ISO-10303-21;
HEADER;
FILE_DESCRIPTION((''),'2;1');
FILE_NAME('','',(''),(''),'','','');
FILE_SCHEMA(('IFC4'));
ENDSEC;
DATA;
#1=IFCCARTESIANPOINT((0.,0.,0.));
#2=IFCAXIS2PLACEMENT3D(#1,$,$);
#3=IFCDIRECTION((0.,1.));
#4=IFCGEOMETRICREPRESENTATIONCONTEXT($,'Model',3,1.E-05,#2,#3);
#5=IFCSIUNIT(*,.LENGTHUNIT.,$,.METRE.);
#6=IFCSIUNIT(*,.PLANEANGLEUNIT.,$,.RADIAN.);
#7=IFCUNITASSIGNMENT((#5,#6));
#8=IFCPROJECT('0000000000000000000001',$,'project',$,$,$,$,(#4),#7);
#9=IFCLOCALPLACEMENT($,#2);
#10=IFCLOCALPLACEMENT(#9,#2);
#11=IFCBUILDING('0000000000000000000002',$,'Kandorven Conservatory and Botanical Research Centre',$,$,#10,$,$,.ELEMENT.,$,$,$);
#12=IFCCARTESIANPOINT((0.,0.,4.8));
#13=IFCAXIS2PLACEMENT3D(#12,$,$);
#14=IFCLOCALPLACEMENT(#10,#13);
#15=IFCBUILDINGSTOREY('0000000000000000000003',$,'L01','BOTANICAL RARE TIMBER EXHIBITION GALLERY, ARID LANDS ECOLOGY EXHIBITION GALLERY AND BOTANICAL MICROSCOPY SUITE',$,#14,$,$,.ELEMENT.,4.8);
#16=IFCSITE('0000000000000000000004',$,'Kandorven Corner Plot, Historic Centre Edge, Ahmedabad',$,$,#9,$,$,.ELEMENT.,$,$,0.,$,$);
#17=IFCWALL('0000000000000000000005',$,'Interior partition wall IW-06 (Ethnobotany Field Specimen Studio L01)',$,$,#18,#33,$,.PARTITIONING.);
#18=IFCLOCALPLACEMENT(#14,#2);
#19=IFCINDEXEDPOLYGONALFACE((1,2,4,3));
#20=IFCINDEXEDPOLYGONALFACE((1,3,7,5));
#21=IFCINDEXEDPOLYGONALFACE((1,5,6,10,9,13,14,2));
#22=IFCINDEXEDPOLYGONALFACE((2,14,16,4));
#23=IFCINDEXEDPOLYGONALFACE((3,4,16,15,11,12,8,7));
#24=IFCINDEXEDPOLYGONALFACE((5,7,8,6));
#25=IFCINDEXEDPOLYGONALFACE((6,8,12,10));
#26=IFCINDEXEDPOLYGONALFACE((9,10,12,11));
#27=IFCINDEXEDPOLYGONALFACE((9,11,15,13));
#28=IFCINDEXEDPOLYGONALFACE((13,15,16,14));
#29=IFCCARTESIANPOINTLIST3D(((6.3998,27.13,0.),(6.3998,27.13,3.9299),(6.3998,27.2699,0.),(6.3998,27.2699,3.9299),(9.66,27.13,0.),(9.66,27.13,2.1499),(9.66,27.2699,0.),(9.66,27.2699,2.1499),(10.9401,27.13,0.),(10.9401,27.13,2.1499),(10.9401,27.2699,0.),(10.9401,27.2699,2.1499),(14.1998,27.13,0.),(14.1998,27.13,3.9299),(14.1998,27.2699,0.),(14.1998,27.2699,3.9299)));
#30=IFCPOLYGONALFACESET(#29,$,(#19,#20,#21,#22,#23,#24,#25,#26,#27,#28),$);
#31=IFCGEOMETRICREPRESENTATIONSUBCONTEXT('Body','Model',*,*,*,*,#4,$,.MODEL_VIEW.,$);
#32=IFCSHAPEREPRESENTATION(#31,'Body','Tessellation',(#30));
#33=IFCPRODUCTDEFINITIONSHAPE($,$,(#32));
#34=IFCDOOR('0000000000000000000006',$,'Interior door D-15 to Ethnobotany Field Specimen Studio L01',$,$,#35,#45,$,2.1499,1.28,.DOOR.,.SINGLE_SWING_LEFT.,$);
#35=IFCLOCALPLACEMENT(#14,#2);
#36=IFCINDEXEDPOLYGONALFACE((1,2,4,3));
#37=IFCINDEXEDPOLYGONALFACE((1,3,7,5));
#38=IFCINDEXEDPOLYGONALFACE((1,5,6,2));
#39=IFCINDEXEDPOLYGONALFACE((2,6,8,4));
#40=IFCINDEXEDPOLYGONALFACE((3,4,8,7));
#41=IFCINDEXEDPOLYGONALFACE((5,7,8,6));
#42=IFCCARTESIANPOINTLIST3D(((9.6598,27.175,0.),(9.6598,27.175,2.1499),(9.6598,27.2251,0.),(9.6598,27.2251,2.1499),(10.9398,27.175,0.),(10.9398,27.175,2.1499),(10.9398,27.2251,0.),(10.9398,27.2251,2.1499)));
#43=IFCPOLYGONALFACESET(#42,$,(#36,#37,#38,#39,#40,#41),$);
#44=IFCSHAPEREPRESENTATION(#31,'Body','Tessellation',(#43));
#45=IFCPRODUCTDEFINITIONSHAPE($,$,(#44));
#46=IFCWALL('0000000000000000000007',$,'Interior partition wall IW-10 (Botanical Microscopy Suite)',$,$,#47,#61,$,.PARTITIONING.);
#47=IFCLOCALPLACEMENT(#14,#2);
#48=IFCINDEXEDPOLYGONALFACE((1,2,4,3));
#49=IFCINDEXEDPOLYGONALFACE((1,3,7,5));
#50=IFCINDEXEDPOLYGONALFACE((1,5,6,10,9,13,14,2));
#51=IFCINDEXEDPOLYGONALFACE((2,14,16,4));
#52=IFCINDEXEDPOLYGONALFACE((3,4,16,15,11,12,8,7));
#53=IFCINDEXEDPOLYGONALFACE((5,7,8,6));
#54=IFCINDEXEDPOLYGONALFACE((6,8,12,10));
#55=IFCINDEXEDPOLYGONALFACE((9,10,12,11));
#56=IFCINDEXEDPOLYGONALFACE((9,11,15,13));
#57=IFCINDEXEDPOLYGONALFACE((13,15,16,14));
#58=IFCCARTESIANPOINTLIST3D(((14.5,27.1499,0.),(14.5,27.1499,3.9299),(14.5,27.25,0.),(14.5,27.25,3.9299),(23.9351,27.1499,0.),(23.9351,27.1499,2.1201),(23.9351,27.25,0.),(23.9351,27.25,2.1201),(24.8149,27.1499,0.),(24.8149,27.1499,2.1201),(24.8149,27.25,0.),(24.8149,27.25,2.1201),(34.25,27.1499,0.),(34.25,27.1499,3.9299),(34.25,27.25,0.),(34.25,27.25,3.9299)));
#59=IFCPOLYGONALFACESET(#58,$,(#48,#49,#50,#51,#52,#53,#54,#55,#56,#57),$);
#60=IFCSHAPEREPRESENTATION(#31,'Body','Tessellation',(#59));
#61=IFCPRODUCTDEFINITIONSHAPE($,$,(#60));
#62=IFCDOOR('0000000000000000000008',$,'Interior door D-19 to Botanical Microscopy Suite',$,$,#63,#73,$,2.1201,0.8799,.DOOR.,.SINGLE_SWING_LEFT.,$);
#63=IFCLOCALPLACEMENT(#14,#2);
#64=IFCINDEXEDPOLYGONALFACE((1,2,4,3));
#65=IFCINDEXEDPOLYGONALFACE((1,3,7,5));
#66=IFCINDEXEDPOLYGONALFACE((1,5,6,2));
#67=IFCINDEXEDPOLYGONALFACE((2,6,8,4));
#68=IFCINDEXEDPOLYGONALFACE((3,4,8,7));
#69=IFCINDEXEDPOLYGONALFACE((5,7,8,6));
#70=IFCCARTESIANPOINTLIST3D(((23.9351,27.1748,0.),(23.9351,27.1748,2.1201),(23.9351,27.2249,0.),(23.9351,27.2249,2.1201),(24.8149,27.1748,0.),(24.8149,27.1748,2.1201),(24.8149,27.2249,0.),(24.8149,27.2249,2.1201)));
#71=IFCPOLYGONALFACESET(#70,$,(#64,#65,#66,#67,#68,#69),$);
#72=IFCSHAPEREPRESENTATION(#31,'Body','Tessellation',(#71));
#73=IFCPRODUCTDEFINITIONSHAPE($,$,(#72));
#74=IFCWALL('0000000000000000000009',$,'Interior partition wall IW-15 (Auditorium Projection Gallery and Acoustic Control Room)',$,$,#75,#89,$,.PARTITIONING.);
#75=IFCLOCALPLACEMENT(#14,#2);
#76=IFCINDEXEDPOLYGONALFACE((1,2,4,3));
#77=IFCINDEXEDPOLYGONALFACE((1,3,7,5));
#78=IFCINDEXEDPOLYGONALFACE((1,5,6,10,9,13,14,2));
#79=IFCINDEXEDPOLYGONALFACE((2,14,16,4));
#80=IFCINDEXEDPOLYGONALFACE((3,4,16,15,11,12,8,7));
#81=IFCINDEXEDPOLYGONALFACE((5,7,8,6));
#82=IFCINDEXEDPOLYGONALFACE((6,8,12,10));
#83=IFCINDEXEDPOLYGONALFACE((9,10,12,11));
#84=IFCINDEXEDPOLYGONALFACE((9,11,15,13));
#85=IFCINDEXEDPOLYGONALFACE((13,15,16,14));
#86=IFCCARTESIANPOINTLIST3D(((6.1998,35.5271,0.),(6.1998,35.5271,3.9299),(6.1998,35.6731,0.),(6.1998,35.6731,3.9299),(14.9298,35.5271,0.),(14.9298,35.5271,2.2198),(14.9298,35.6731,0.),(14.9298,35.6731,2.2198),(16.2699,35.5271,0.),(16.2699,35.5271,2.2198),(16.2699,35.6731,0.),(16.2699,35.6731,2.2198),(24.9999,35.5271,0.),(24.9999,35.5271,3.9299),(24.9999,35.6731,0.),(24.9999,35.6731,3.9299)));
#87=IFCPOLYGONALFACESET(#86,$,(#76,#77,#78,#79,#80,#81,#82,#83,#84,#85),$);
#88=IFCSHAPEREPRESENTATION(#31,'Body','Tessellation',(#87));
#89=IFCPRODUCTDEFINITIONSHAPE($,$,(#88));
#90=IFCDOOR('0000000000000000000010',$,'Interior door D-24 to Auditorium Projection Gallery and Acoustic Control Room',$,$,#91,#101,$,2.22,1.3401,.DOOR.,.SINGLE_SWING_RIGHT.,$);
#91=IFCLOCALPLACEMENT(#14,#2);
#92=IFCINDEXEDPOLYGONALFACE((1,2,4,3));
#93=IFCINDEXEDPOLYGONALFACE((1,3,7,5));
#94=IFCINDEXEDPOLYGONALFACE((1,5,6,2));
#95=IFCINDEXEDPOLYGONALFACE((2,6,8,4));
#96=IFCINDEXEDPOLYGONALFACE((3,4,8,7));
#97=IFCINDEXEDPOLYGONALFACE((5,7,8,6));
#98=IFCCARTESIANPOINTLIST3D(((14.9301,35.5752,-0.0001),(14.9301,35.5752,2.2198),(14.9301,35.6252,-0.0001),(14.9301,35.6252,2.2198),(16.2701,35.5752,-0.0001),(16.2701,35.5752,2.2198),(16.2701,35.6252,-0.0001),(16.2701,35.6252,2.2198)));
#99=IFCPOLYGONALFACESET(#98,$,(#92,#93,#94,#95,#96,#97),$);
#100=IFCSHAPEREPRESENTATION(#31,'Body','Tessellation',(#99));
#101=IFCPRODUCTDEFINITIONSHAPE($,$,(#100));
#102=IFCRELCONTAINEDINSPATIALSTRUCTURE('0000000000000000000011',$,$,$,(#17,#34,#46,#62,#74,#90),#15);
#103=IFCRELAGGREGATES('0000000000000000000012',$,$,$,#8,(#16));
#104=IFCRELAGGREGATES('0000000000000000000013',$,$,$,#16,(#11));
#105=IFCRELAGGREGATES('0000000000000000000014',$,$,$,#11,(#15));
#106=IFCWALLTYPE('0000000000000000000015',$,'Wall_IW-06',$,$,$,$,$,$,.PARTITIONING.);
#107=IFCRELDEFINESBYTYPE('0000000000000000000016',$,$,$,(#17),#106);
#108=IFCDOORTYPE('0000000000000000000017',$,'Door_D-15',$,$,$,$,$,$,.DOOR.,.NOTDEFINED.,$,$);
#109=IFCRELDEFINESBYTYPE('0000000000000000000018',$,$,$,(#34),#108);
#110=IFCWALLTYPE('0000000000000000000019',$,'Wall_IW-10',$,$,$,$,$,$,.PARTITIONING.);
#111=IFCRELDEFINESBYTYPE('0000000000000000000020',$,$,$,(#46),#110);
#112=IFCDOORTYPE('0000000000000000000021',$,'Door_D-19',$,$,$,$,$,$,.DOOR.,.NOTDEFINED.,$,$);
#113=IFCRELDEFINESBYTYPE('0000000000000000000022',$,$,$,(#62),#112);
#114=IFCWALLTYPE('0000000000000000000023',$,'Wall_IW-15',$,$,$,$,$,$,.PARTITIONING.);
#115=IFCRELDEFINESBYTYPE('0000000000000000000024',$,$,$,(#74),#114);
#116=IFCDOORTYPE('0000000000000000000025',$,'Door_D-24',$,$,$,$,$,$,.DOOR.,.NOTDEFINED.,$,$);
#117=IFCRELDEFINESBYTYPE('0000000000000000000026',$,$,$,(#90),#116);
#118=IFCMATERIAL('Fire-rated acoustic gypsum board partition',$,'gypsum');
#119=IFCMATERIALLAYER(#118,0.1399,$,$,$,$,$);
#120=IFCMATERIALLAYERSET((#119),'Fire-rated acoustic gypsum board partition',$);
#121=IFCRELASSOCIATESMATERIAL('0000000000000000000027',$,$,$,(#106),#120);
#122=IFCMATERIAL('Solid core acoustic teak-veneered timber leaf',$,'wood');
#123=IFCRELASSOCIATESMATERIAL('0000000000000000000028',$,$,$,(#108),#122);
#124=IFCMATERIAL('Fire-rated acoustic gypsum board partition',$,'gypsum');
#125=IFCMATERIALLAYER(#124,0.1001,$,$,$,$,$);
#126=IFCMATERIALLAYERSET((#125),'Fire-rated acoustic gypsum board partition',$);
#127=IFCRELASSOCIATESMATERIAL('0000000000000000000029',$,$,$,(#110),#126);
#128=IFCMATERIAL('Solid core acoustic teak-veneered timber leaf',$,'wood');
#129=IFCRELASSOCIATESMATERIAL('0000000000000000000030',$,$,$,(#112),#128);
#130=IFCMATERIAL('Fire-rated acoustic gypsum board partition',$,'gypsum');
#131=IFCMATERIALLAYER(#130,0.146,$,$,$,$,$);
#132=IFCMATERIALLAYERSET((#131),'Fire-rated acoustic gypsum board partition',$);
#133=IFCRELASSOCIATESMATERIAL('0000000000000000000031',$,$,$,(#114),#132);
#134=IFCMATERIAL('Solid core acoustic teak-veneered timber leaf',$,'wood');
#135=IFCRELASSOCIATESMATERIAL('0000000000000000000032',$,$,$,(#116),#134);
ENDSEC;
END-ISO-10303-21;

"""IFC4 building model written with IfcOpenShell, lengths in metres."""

from ifc_helpers import new_model, si_unit, direction, frame, frame_2d, origin, place, context, subcontext, project, spatial, rectangle, extrude, material, layer, layer_set, type_object, element, fill, save


model = new_model("IFC4")

# Units and contexts
model_context = context("Model", 3, precision=1e-05, world=origin(), true_north=direction((0.0, 1.0)))
body_context = subcontext(model_context, "Body", "Model", "MODEL_VIEW")
ifc_project = project(units=[si_unit("LENGTHUNIT", "METRE"), si_unit("PLANEANGLEUNIT", "RADIAN")], contexts=[model_context])

# Site, building, storey
site_placement = place(None, origin())
site = spatial("IfcSite", under=ifc_project, at=site_placement, Name="Kandorven Corner Plot, Historic Centre Edge, Ahmedabad", CompositionType="ELEMENT", RefElevation=0.0)
building_placement = place(site_placement, origin())
building = spatial("IfcBuilding", under=site, at=building_placement, Name="Kandorven Conservatory and Botanical Research Centre", CompositionType="ELEMENT")
storey_placement = place(building_placement, frame((0.0, 0.0, 4.8)))
storey = spatial("IfcBuildingStorey", under=building, at=storey_placement, Name="L01", Description="BOTANICAL RARE TIMBER EXHIBITION GALLERY, ARID LANDS ECOLOGY EXHIBITION GALLERY AND BOTANICAL MICROSCOPY SUITE", CompositionType="ELEMENT", Elevation=4.8)

# Walls, openings, doors
ifc_material_1 = material(Name="Fire-rated acoustic gypsum board partition", Category="gypsum")
ifc_layer_1 = layer(ifc_material_1, 0.1399)
ifc_layer_set_1 = layer_set([ifc_layer_1], Name="Fire-rated acoustic gypsum board partition")
wall_type_1 = type_object("IfcWallType", Name="Wall_IW-06", PredefinedType="PARTITIONING", material=ifc_layer_set_1)
wall_1_placement = place(storey_placement, frame((6.3999, 27.2, 0.0), z_axis=(0.0, 0.0, 1.0), x_axis=(1.0, 0.0, 0.0)))
wall_1 = element("IfcWall", 1, at=wall_1_placement, inside=storey, type_object=wall_type_1, Name="Interior partition wall IW-06 (Ethnobotany Field Specimen Studio L01)", PredefinedType="PARTITIONING", context=body_context, shape_type="SweptSolid", body=[
    extrude(rectangle(XDim=7.8, YDim=0.1399, at=frame_2d((3.8999, 0.0))), origin(), (0.0, 0.0, 1.0), 3.9299),
])
opening_1_placement = place(wall_1_placement, frame((3.26, 0.0, 0.0)))
opening_1 = element("IfcOpeningElement", 2, at=opening_1_placement, cuts=wall_1, PredefinedType="OPENING", context=body_context, shape_type="SweptSolid", body=[
    extrude(rectangle(XDim=1.28, YDim=2.1499, at=frame_2d((0.6401, 1.075))), frame((0.0, 0.0798, 0.0), z_axis=(0.0, -1.0, 0.0), x_axis=(1.0, 0.0, 0.0)), (0.0, 0.0, 1.0), 0.1599),
])
ifc_material_2 = material(Name="Solid core acoustic teak-veneered timber leaf", Category="wood")
door_type_1 = type_object("IfcDoorType", Name="Door_D-15", OperationType="NOTDEFINED", PredefinedType="DOOR", material=ifc_material_2)
door_1_placement = place(opening_1_placement, frame((1.28, 0.0, 0.0), z_axis=(0.0, 0.0, 1.0), x_axis=(-1.0, 0.0, 0.0)))
door_1 = element("IfcDoor", 3, at=door_1_placement, inside=storey, type_object=door_type_1, Name="Interior door D-15 to Ethnobotany Field Specimen Studio L01", OperationType="SINGLE_SWING_LEFT", OverallHeight=2.1499, OverallWidth=1.28, PredefinedType="DOOR", context=body_context, shape_type="SweptSolid", body=[
    extrude(rectangle(XDim=1.28, YDim=2.1499, at=frame_2d((0.6401, 1.075))), frame((0.0, 0.0249, 0.0), z_axis=(0.0, -1.0, 0.0), x_axis=(1.0, 0.0, 0.0)), (0.0, 0.0, 1.0), 0.05),
])
fill(opening_1, door_1)
ifc_material_3 = material(Name="Fire-rated acoustic gypsum board partition", Category="gypsum")
ifc_layer_2 = layer(ifc_material_3, 0.1001)
ifc_layer_set_2 = layer_set([ifc_layer_2], Name="Fire-rated acoustic gypsum board partition")
wall_type_2 = type_object("IfcWallType", Name="Wall_IW-10", PredefinedType="PARTITIONING", material=ifc_layer_set_2)
wall_2_placement = place(storey_placement, frame((14.5, 27.2, 0.0), z_axis=(0.0, 0.0, 1.0), x_axis=(1.0, 0.0, 0.0)))
wall_2 = element("IfcWall", 4, at=wall_2_placement, inside=storey, type_object=wall_type_2, Name="Interior partition wall IW-10 (Botanical Microscopy Suite)", PredefinedType="PARTITIONING", context=body_context, shape_type="SweptSolid", body=[
    extrude(rectangle(XDim=19.75, YDim=0.1001, at=frame_2d((9.875, 0.0))), origin(), (0.0, 0.0, 1.0), 3.9299),
])
opening_2_placement = place(wall_2_placement, frame((9.4351, 0.0, 0.0)))
opening_2 = element("IfcOpeningElement", 5, at=opening_2_placement, cuts=wall_2, PredefinedType="OPENING", context=body_context, shape_type="SweptSolid", body=[
    extrude(rectangle(XDim=0.8799, YDim=2.1201, at=frame_2d((0.4399, 1.0601))), frame((0.0, 0.0601, 0.0), z_axis=(0.0, -1.0, 0.0), x_axis=(1.0, 0.0, 0.0)), (0.0, 0.0, 1.0), 0.1201),
])
ifc_material_4 = material(Name="Solid core acoustic teak-veneered timber leaf", Category="wood")
door_type_2 = type_object("IfcDoorType", Name="Door_D-19", OperationType="NOTDEFINED", PredefinedType="DOOR", material=ifc_material_4)
door_2_placement = place(opening_2_placement, origin())
door_2 = element("IfcDoor", 6, at=door_2_placement, inside=storey, type_object=door_type_2, Name="Interior door D-19 to Botanical Microscopy Suite", OperationType="SINGLE_SWING_LEFT", OverallHeight=2.1201, OverallWidth=0.8799, PredefinedType="DOOR", context=body_context, shape_type="SweptSolid", body=[
    extrude(rectangle(XDim=0.8799, YDim=2.1201, at=frame_2d((0.4399, 1.0601))), frame((0.0, 0.0249, 0.0), z_axis=(0.0, -1.0, 0.0), x_axis=(1.0, 0.0, 0.0)), (0.0, 0.0, 1.0), 0.05),
])
fill(opening_2, door_2)
ifc_material_5 = material(Name="Fire-rated acoustic gypsum board partition", Category="gypsum")
ifc_layer_3 = layer(ifc_material_5, 0.146)
ifc_layer_set_3 = layer_set([ifc_layer_3], Name="Fire-rated acoustic gypsum board partition")
wall_type_3 = type_object("IfcWallType", Name="Wall_IW-15", PredefinedType="PARTITIONING", material=ifc_layer_set_3)
wall_3_placement = place(storey_placement, frame((6.2, 35.6001, 0.0), z_axis=(0.0, 0.0, 1.0), x_axis=(1.0, 0.0, 0.0)))
wall_3 = element("IfcWall", 7, at=wall_3_placement, inside=storey, type_object=wall_type_3, Name="Interior partition wall IW-15 (Auditorium Projection Gallery and Acoustic Control Room)", PredefinedType="PARTITIONING", context=body_context, shape_type="SweptSolid", body=[
    extrude(rectangle(XDim=18.8, YDim=0.146, at=frame_2d((9.3999, 0.0))), origin(), (0.0, 0.0, 1.0), 3.9299),
])
opening_3_placement = place(wall_3_placement, frame((8.73, 0.0, 0.0)))
opening_3 = element("IfcOpeningElement", 8, at=opening_3_placement, cuts=wall_3, PredefinedType="OPENING", context=body_context, shape_type="SweptSolid", body=[
    extrude(rectangle(XDim=1.3401, YDim=2.22, at=frame_2d((0.6699, 1.1099))), frame((0.0, 0.083, 0.0), z_axis=(0.0, -1.0, 0.0), x_axis=(1.0, 0.0, 0.0)), (0.0, 0.0, 1.0), 0.166),
])
ifc_material_6 = material(Name="Solid core acoustic teak-veneered timber leaf", Category="wood")
door_type_3 = type_object("IfcDoorType", Name="Door_D-24", OperationType="NOTDEFINED", PredefinedType="DOOR", material=ifc_material_6)
door_3_placement = place(opening_3_placement, frame((1.3401, 0.0, 0.0), z_axis=(0.0, 0.0, 1.0), x_axis=(-1.0, 0.0, 0.0)))
door_3 = element("IfcDoor", 9, at=door_3_placement, inside=storey, type_object=door_type_3, Name="Interior door D-24 to Auditorium Projection Gallery and Acoustic Control Room", OperationType="SINGLE_SWING_RIGHT", OverallHeight=2.22, OverallWidth=1.3401, PredefinedType="DOOR", context=body_context, shape_type="SweptSolid", body=[
    extrude(rectangle(XDim=1.3401, YDim=2.22, at=frame_2d((0.6699, 1.1099))), frame((0.0, 0.0249, 0.0), z_axis=(0.0, -1.0, 0.0), x_axis=(1.0, 0.0, 0.0)), (0.0, 0.0, 1.0), 0.05),
])
fill(opening_3, door_3)

save(model, "model.ifc")
